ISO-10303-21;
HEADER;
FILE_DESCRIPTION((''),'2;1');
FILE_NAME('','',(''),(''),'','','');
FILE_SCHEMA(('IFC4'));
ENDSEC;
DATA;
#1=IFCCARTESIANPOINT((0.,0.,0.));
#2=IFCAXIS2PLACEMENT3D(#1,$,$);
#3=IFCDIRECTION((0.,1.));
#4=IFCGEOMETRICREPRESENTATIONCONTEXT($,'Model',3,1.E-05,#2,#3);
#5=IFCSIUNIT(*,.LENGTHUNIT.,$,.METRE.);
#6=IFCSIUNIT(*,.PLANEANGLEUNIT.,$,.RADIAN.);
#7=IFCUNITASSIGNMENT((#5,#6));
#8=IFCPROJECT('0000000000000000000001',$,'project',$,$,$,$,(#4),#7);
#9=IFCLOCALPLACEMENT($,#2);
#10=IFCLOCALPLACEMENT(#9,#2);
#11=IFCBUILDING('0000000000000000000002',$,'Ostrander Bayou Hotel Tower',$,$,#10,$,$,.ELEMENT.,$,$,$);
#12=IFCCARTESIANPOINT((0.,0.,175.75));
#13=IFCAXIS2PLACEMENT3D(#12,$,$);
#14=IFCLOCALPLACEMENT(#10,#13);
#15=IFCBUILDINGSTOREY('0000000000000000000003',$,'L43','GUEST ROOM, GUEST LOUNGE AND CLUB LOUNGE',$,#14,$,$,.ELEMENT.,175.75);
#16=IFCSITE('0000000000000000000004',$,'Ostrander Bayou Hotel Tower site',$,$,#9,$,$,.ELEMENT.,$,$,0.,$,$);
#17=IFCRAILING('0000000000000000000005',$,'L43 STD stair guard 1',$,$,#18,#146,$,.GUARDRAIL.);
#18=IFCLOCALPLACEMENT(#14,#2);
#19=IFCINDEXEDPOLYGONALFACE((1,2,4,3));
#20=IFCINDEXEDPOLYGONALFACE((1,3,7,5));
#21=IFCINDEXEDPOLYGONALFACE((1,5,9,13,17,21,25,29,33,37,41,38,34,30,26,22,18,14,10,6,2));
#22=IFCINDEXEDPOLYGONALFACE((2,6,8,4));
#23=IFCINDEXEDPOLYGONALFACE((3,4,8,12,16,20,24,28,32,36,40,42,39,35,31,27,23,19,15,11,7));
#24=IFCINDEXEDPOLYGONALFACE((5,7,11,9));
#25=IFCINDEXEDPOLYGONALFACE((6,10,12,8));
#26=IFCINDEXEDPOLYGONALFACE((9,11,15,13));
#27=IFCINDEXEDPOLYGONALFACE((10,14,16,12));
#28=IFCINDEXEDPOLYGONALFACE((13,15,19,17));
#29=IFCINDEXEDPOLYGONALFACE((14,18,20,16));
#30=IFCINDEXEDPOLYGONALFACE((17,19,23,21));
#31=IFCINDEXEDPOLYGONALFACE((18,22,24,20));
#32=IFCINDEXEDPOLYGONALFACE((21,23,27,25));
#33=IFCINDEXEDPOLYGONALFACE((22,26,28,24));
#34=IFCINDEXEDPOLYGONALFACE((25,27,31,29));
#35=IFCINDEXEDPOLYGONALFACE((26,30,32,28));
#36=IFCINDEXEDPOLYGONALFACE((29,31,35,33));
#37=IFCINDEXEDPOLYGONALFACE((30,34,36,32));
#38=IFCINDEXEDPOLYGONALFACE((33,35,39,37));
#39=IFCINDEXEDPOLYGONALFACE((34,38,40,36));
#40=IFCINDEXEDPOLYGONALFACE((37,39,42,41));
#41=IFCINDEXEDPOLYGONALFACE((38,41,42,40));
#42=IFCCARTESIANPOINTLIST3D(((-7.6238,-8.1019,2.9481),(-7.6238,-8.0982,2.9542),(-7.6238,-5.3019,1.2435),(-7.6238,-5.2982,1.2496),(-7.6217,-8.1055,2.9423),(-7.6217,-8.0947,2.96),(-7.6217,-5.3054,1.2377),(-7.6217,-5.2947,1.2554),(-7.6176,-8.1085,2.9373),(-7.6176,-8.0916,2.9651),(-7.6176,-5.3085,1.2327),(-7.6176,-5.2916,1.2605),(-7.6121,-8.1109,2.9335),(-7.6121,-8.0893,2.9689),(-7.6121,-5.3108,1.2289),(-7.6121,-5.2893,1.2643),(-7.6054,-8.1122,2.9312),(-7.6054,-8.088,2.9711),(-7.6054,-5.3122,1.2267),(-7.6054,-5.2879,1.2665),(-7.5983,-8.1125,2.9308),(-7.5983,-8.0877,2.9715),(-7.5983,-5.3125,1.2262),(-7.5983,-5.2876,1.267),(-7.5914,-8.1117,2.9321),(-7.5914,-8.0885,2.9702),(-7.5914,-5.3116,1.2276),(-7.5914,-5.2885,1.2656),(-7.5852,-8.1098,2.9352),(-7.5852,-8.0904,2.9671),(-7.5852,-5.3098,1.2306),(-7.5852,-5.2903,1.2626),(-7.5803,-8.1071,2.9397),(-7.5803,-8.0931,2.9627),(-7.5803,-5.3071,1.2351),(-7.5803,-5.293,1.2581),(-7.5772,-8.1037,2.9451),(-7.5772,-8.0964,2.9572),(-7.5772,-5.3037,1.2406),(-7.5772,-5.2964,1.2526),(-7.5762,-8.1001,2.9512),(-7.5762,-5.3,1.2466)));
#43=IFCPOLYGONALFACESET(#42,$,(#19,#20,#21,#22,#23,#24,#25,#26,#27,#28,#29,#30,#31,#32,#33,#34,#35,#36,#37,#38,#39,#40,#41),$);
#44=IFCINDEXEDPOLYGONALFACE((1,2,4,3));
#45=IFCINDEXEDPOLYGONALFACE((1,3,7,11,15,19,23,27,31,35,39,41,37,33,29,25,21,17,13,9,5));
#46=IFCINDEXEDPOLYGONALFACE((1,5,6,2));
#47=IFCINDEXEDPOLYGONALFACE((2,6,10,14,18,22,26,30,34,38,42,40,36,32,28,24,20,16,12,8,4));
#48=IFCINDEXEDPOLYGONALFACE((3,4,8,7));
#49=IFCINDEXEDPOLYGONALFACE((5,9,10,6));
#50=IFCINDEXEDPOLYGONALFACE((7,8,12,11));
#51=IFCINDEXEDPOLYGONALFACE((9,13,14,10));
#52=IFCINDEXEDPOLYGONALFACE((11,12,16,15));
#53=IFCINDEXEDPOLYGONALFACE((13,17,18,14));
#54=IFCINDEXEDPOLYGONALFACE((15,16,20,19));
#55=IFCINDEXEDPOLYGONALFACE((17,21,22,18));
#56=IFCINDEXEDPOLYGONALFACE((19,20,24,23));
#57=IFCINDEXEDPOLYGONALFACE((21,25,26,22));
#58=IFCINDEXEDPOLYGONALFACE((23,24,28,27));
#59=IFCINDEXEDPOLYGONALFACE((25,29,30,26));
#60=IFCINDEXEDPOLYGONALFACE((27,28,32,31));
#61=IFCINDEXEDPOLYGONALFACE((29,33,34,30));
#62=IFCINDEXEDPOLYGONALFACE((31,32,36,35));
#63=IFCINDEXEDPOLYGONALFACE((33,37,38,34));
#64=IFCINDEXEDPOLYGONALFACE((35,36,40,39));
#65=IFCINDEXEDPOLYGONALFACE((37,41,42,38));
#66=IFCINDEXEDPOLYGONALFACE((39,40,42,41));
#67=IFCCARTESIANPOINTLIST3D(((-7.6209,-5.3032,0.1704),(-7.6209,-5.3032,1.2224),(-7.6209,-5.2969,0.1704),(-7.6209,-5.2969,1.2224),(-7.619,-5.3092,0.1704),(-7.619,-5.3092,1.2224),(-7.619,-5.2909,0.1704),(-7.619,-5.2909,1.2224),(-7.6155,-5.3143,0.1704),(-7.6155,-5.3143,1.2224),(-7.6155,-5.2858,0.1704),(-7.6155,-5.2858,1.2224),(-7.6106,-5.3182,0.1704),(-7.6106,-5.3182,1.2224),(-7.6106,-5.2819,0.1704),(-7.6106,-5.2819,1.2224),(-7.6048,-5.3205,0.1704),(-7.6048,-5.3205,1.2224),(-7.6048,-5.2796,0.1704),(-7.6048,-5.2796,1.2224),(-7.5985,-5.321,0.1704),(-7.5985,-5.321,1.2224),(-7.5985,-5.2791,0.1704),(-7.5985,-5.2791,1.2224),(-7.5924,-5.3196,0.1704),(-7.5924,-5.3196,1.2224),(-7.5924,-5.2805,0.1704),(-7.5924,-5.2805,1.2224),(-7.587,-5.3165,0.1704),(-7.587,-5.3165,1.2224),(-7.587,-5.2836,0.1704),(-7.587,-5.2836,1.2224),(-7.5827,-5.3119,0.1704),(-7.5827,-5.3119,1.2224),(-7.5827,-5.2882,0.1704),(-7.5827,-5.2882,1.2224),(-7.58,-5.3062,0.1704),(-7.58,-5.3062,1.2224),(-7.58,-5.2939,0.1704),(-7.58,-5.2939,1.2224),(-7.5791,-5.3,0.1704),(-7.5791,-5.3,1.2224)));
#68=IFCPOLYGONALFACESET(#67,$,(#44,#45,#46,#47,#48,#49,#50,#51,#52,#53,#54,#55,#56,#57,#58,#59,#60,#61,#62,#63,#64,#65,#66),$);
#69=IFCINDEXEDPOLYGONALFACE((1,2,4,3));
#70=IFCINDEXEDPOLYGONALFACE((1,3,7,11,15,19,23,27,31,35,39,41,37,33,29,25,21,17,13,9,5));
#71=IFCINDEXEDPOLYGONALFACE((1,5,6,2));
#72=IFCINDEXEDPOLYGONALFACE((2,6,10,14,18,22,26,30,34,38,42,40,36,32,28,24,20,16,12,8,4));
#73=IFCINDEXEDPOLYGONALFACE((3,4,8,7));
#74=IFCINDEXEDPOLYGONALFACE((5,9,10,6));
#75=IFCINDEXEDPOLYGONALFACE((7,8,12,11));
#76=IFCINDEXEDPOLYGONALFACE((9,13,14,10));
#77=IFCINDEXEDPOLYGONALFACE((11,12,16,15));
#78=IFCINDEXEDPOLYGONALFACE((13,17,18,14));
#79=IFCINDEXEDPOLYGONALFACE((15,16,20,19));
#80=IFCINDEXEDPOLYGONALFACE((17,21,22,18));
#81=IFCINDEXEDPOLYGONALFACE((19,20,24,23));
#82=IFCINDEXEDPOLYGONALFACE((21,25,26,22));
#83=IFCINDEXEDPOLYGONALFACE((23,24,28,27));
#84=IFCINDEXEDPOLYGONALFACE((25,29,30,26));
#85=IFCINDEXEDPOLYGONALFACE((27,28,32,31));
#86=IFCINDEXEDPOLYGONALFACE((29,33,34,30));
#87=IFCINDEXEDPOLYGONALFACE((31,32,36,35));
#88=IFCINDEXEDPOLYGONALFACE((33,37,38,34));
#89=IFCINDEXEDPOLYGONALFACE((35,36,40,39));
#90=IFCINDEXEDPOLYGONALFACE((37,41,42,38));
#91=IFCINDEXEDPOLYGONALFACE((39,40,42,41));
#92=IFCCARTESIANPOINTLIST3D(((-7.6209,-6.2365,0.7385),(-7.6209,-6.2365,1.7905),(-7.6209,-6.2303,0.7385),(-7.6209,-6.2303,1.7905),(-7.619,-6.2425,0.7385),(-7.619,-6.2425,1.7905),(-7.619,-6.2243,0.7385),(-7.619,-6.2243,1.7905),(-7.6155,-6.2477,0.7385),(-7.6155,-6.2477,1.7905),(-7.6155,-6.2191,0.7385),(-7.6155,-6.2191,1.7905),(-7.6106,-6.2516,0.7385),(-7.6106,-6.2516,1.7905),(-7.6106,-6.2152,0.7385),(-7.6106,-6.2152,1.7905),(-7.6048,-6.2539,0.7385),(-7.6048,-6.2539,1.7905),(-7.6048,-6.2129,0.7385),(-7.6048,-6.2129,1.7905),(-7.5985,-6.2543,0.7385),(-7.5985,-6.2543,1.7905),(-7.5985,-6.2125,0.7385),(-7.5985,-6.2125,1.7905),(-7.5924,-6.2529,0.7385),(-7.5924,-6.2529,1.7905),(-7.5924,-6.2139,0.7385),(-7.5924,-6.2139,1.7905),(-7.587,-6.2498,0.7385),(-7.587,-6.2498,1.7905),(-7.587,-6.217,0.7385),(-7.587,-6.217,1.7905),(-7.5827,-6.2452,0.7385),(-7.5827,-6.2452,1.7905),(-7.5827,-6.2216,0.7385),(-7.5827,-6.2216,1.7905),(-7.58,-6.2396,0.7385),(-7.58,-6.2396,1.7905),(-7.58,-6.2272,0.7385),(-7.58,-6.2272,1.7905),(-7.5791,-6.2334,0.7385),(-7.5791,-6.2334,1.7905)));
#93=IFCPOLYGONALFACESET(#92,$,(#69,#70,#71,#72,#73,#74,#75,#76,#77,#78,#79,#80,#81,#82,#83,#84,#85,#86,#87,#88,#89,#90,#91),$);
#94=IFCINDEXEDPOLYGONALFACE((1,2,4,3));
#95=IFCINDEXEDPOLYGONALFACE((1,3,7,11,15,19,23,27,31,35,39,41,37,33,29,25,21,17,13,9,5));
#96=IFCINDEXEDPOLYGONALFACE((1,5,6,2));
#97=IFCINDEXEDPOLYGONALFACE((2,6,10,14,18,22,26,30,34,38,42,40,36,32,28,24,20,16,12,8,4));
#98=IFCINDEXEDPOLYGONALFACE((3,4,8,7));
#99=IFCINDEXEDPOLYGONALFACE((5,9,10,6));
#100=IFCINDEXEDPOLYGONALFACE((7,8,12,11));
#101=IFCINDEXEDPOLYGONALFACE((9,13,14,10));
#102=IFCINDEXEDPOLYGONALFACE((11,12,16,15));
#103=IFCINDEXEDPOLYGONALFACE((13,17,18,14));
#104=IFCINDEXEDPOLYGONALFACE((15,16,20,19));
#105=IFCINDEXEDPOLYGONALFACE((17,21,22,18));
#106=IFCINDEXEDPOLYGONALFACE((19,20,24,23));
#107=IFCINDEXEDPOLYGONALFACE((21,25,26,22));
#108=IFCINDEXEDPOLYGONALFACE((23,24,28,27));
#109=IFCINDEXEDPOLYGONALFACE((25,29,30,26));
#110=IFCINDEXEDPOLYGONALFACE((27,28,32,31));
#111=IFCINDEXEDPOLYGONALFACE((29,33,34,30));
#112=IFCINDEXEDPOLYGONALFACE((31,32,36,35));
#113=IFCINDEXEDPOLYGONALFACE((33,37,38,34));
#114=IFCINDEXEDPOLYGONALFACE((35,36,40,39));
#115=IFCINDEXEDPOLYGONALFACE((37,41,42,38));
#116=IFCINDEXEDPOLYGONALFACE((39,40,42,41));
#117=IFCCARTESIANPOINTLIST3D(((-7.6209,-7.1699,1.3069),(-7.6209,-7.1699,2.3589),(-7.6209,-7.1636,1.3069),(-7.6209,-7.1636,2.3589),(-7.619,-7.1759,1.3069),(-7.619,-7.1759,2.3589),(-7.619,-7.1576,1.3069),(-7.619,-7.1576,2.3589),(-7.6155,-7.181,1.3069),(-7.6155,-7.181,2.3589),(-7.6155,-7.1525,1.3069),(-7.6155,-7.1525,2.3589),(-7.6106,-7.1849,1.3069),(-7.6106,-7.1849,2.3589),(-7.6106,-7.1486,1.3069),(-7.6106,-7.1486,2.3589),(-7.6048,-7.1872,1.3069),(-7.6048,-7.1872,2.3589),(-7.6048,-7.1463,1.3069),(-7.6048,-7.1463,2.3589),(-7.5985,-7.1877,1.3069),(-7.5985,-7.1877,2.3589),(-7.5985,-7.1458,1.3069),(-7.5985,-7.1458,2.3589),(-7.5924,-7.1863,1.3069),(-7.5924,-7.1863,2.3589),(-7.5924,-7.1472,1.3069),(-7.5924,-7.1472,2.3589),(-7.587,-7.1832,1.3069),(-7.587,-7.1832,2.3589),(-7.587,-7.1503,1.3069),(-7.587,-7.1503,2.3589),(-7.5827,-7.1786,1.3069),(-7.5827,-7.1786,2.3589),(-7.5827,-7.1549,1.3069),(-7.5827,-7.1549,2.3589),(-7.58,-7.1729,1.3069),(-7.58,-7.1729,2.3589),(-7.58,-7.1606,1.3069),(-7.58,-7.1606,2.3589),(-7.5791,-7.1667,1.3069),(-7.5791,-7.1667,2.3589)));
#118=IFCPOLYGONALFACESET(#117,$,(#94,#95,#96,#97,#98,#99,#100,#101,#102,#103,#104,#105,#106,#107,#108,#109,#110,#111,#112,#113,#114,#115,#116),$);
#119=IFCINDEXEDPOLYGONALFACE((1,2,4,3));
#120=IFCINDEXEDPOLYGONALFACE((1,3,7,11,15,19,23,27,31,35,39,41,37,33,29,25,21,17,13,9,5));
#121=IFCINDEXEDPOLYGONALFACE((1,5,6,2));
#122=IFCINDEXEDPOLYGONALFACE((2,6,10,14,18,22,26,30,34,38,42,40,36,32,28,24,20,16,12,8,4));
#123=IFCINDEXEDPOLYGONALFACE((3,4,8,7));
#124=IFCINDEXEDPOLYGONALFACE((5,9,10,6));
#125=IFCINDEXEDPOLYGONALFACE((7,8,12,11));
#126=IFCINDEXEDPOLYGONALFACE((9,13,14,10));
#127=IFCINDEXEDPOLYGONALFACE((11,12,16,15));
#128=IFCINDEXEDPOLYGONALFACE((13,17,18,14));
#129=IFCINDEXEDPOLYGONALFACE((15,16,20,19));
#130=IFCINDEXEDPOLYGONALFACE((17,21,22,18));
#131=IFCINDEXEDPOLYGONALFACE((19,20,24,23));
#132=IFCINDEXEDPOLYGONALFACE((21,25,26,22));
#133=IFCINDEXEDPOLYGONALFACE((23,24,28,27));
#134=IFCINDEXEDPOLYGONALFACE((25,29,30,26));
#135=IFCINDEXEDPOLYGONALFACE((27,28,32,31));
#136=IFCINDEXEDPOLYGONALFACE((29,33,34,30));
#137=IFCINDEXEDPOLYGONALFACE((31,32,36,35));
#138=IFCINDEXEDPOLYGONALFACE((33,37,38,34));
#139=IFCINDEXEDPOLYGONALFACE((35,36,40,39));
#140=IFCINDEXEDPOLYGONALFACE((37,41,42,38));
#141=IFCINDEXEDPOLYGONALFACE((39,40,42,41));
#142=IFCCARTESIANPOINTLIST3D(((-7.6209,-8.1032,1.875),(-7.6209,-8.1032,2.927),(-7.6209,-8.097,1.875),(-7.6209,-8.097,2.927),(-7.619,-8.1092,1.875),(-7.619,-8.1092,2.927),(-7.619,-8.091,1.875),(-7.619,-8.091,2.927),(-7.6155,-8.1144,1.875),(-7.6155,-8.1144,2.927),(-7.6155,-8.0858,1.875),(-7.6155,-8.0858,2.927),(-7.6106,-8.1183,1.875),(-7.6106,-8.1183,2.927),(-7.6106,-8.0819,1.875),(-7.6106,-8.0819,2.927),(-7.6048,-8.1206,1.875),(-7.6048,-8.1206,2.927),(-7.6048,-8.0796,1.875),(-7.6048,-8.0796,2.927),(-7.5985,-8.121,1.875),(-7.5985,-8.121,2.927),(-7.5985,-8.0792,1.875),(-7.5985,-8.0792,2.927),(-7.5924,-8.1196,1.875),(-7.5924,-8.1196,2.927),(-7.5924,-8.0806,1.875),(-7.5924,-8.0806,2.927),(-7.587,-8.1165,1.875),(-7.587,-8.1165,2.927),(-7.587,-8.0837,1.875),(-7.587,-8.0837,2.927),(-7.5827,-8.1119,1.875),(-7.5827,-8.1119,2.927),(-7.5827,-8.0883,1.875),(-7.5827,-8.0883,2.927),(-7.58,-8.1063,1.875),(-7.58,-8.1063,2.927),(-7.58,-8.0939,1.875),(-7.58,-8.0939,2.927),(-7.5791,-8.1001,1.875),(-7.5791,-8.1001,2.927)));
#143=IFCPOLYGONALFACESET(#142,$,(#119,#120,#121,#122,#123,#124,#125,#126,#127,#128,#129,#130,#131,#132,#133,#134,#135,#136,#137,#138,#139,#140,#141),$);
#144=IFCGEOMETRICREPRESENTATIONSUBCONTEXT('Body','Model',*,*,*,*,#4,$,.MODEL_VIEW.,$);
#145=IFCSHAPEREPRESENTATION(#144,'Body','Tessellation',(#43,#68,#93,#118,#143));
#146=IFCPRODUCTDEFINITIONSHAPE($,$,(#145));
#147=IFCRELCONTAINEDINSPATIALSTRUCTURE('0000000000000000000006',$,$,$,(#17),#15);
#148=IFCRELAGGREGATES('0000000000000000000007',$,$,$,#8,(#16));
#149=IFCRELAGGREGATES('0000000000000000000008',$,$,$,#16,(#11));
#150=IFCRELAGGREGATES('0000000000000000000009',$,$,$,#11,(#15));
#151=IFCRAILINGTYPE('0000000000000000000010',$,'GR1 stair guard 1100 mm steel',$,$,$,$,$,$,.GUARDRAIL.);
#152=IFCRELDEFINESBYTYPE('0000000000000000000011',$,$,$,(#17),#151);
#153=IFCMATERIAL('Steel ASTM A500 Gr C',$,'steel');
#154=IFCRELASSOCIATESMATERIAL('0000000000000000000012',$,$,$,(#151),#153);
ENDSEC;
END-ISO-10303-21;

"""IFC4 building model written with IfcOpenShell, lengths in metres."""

from ifc_helpers import new_model, si_unit, direction, frame, origin, origin_2d, place, context, subcontext, project, spatial, circle, extrude, material, type_object, element, save


model = new_model("IFC4")

# Units and contexts
model_context = context("Model", 3, precision=1e-05, world=origin(), true_north=direction((0.0, 1.0)))
body_context = subcontext(model_context, "Body", "Model", "MODEL_VIEW")
ifc_project = project(units=[si_unit("LENGTHUNIT", "METRE"), si_unit("PLANEANGLEUNIT", "RADIAN")], contexts=[model_context])

# Site, building, storey
site_placement = place(None, origin())
site = spatial("IfcSite", under=ifc_project, at=site_placement, Name="Ostrander Bayou Hotel Tower site", CompositionType="ELEMENT", RefElevation=0.0)
building_placement = place(site_placement, origin())
building = spatial("IfcBuilding", under=site, at=building_placement, Name="Ostrander Bayou Hotel Tower", CompositionType="ELEMENT")
storey_placement = place(building_placement, frame((0.0, 0.0, 175.75)))
storey = spatial("IfcBuildingStorey", under=building, at=storey_placement, Name="L43", Description="GUEST ROOM, GUEST LOUNGE AND CLUB LOUNGE", CompositionType="ELEMENT", Elevation=175.75)

# Railing
ifc_material_1 = material(Name="Steel ASTM A500 Gr C", Category="steel")
railing_type_1 = type_object("IfcRailingType", Name="GR1 stair guard 1100 mm steel", PredefinedType="GUARDRAIL", material=ifc_material_1)
railing_1_placement = place(storey_placement, frame((-7.6001, -5.3, 0.1704)))
element("IfcRailing", 1, at=railing_1_placement, inside=storey, type_object=railing_type_1, Name="L43 STD stair guard 1", PredefinedType="GUARDRAIL", context=body_context, shape_type="SweptSolid", body=[
    extrude(circle(Radius=0.0239, at=origin_2d()), frame((0.0, 0.0, 1.0762), z_axis=(0.0, -0.85417, 0.519994), x_axis=(1.0, 0.0, 0.0)), (0.0, 0.0, 1.0), 3.2781),
    extrude(circle(Radius=0.021, at=origin_2d()), origin(), (0.0, 0.0, 1.0), 1.052),
    extrude(circle(Radius=0.021, at=origin_2d()), frame((0.0, -0.9333, 0.5681)), (0.0, 0.0, 1.0), 1.052),
    extrude(circle(Radius=0.021, at=origin_2d()), frame((0.0, -1.8667, 1.1365)), (0.0, 0.0, 1.0), 1.052),
    extrude(circle(Radius=0.021, at=origin_2d()), frame((0.0, -2.8, 1.7046)), (0.0, 0.0, 1.0), 1.052),
])

save(model, "model.ifc")
